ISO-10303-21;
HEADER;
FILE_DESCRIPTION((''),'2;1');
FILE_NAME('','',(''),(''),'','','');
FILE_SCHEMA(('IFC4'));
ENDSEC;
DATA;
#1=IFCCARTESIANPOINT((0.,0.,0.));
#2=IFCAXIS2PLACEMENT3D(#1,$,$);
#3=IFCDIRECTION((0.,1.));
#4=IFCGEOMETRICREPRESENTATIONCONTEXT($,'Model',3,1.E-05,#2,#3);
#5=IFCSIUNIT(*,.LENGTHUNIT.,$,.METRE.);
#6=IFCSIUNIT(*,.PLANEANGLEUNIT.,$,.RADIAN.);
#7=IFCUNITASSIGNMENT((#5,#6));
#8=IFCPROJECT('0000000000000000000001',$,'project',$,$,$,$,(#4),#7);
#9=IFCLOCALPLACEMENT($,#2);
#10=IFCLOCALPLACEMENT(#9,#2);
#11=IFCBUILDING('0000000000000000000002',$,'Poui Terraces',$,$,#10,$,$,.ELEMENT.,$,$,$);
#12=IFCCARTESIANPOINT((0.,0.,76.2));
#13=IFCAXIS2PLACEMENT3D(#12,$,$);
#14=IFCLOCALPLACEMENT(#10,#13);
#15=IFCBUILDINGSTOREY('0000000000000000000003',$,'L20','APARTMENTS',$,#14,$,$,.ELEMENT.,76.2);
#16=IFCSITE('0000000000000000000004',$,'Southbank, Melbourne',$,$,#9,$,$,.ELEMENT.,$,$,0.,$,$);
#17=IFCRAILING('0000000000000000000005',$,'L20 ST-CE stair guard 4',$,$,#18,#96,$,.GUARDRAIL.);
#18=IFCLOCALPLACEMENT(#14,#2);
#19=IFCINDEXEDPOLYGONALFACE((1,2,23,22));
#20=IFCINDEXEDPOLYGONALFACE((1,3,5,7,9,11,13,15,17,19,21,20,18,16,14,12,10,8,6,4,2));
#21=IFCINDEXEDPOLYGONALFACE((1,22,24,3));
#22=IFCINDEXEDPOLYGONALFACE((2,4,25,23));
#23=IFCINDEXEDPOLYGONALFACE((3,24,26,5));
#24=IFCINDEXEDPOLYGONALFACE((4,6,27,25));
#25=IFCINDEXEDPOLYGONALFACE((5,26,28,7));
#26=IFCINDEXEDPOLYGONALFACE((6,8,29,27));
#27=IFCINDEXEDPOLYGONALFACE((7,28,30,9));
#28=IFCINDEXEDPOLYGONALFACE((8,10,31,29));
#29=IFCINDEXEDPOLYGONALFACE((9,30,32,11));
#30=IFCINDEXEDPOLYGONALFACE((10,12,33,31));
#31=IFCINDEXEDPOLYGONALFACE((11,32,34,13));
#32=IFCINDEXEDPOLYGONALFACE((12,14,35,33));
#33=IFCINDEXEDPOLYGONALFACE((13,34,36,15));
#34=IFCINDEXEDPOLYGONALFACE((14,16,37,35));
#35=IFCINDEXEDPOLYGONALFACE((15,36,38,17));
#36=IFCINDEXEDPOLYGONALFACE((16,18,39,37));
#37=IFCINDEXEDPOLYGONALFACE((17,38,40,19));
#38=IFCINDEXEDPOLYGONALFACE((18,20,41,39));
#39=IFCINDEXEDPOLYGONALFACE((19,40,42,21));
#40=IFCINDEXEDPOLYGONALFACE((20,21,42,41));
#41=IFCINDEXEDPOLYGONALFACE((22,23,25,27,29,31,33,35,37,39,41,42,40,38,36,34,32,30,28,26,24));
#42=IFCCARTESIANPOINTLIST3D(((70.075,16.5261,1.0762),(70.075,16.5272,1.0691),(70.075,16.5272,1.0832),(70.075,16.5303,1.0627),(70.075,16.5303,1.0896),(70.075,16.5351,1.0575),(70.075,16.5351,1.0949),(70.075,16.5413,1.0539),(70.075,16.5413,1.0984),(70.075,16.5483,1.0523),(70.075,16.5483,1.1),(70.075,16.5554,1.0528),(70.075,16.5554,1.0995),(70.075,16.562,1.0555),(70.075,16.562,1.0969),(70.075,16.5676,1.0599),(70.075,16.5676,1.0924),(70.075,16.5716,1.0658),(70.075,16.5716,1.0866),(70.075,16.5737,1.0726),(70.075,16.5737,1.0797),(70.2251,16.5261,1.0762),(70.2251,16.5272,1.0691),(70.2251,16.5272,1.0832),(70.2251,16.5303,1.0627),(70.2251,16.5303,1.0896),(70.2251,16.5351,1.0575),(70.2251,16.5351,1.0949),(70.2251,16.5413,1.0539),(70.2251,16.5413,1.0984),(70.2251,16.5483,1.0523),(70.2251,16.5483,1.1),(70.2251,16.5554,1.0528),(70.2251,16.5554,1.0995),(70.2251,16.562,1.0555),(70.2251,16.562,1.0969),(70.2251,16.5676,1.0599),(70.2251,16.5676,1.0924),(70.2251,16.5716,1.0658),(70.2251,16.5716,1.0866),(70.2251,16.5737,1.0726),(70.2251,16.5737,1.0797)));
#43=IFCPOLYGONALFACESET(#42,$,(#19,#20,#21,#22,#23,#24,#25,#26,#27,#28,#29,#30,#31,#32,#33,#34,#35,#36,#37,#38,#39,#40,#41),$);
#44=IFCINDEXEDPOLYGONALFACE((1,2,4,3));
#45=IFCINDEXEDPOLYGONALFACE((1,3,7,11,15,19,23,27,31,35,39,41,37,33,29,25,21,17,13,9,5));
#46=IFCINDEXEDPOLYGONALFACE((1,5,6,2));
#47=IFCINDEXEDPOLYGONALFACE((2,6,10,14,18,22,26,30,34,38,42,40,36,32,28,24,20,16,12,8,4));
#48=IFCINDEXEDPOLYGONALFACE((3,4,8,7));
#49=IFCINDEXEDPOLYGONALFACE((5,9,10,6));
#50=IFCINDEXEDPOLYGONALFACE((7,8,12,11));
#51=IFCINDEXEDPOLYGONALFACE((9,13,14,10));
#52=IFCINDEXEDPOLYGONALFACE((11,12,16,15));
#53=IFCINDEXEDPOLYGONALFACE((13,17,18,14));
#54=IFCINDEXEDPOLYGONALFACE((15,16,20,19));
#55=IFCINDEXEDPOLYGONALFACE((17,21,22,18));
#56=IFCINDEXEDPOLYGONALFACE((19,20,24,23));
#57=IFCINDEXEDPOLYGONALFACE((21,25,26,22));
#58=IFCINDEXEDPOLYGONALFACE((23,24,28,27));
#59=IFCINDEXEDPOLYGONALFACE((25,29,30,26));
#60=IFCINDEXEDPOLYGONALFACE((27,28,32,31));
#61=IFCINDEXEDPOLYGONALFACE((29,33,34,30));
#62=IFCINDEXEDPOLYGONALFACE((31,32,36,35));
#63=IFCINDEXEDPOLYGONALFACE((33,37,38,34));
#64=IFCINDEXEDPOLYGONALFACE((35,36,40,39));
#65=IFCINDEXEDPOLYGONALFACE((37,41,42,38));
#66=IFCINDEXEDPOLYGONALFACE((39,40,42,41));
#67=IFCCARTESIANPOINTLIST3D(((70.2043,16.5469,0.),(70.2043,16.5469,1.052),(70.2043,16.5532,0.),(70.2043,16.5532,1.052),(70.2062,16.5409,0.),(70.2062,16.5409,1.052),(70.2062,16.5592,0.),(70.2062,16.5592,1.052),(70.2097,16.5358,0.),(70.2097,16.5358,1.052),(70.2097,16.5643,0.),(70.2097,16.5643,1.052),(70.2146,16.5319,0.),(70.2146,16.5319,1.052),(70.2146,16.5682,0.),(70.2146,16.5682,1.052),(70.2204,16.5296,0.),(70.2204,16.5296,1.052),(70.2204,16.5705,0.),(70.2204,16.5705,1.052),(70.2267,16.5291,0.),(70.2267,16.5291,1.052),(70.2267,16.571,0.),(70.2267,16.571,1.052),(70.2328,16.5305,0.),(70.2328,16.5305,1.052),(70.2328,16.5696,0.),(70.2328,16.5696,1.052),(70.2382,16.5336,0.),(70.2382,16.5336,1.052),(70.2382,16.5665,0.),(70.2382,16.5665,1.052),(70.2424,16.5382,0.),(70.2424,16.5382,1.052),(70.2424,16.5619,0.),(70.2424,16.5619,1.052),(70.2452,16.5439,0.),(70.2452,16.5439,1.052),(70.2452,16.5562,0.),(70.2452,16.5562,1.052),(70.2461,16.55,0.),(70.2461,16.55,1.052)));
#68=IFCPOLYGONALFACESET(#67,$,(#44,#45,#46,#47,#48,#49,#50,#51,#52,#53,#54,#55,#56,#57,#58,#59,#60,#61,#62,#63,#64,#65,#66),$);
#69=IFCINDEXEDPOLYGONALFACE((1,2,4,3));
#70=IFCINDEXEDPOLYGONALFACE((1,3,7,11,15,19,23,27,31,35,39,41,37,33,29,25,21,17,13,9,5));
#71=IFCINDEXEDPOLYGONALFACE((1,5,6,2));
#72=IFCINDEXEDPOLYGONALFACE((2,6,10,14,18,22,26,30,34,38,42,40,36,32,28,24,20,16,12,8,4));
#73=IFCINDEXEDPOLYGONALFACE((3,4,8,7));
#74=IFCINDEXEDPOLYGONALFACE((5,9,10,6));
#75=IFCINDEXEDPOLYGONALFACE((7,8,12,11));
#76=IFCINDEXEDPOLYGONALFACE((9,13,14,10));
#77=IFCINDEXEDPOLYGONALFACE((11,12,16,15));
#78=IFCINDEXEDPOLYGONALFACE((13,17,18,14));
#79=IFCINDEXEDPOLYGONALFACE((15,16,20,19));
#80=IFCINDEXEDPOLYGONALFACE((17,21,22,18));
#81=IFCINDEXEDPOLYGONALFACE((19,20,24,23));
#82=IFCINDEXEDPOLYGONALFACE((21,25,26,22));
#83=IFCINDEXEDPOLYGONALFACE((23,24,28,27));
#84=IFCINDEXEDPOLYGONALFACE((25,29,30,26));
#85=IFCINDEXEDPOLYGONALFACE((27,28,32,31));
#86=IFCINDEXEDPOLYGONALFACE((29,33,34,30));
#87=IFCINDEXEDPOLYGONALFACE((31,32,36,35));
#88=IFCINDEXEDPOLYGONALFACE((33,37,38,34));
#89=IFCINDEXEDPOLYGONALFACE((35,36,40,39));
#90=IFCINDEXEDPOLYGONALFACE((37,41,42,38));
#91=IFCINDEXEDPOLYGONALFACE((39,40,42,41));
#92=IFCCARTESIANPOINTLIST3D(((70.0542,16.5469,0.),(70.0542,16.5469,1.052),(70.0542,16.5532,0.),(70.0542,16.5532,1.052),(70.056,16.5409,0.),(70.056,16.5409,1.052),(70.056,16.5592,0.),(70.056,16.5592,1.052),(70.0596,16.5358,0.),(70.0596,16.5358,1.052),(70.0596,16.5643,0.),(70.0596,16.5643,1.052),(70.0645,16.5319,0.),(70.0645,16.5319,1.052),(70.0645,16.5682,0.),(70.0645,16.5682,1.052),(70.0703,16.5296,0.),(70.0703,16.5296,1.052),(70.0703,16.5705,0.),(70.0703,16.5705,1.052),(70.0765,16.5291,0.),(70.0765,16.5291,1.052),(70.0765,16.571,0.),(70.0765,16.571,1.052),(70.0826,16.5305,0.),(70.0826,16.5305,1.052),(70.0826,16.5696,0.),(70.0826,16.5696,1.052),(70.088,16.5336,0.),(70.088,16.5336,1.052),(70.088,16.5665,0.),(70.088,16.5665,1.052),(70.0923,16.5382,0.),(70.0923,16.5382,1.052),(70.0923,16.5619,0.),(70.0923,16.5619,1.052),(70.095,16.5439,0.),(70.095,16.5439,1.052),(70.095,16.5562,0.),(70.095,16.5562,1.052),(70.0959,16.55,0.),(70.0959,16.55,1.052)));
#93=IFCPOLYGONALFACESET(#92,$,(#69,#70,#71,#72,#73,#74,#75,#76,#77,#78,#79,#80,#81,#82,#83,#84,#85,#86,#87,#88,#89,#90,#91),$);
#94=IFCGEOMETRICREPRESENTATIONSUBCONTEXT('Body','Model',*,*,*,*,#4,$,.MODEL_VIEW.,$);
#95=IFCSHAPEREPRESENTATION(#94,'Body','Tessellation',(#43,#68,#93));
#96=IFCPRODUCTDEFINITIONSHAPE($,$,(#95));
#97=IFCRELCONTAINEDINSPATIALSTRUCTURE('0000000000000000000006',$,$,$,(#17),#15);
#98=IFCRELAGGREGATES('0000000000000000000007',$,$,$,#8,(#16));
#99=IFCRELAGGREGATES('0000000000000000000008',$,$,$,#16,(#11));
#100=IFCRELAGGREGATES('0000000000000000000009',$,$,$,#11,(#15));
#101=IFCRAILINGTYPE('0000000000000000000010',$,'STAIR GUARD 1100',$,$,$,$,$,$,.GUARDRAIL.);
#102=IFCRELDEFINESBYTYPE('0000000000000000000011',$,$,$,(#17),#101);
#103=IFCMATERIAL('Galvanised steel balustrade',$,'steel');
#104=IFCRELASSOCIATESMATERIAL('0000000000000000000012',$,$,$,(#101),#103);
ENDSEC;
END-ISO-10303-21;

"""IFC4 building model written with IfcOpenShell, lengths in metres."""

from ifc_helpers import new_model, si_unit, direction, frame, origin, origin_2d, place, context, subcontext, project, spatial, circle, extrude, material, type_object, element, save


model = new_model("IFC4")

# Units and contexts
model_context = context("Model", 3, precision=1e-05, world=origin(), true_north=direction((0.0, 1.0)))
body_context = subcontext(model_context, "Body", "Model", "MODEL_VIEW")
ifc_project = project(units=[si_unit("LENGTHUNIT", "METRE"), si_unit("PLANEANGLEUNIT", "RADIAN")], contexts=[model_context])

# Site, building, storey
site_placement = place(None, origin())
site = spatial("IfcSite", under=ifc_project, at=site_placement, Name="Southbank, Melbourne", CompositionType="ELEMENT", RefElevation=0.0)
building_placement = place(site_placement, origin())
building = spatial("IfcBuilding", under=site, at=building_placement, Name="Poui Terraces", CompositionType="ELEMENT")
storey_placement = place(building_placement, frame((0.0, 0.0, 76.2)))
storey = spatial("IfcBuildingStorey", under=building, at=storey_placement, Name="L20", Description="APARTMENTS", CompositionType="ELEMENT", Elevation=76.2)

# Railing
ifc_material_1 = material(Name="Galvanised steel balustrade", Category="steel")
railing_type_1 = type_object("IfcRailingType", Name="STAIR GUARD 1100", PredefinedType="GUARDRAIL", material=ifc_material_1)
railing_1_placement = place(storey_placement, frame((70.2251, 16.55, 0.0)))
element("IfcRailing", 1, at=railing_1_placement, inside=storey, type_object=railing_type_1, Name="L20 ST-CE stair guard 4", PredefinedType="GUARDRAIL", context=body_context, shape_type="SweptSolid", body=[
    extrude(circle(Radius=0.0239, at=origin_2d()), frame((0.0, 0.0, 1.0762), z_axis=(-1.0, 0.0, 0.0), x_axis=(0.0, -1.0, 0.0)), (0.0, 0.0, 1.0), 0.1501),
    extrude(circle(Radius=0.021, at=origin_2d()), origin(), (0.0, 0.0, 1.0), 1.052),
    extrude(circle(Radius=0.021, at=origin_2d()), frame((-0.1501, 0.0, 0.0)), (0.0, 0.0, 1.0), 1.052),
])

save(model, "model.ifc")
